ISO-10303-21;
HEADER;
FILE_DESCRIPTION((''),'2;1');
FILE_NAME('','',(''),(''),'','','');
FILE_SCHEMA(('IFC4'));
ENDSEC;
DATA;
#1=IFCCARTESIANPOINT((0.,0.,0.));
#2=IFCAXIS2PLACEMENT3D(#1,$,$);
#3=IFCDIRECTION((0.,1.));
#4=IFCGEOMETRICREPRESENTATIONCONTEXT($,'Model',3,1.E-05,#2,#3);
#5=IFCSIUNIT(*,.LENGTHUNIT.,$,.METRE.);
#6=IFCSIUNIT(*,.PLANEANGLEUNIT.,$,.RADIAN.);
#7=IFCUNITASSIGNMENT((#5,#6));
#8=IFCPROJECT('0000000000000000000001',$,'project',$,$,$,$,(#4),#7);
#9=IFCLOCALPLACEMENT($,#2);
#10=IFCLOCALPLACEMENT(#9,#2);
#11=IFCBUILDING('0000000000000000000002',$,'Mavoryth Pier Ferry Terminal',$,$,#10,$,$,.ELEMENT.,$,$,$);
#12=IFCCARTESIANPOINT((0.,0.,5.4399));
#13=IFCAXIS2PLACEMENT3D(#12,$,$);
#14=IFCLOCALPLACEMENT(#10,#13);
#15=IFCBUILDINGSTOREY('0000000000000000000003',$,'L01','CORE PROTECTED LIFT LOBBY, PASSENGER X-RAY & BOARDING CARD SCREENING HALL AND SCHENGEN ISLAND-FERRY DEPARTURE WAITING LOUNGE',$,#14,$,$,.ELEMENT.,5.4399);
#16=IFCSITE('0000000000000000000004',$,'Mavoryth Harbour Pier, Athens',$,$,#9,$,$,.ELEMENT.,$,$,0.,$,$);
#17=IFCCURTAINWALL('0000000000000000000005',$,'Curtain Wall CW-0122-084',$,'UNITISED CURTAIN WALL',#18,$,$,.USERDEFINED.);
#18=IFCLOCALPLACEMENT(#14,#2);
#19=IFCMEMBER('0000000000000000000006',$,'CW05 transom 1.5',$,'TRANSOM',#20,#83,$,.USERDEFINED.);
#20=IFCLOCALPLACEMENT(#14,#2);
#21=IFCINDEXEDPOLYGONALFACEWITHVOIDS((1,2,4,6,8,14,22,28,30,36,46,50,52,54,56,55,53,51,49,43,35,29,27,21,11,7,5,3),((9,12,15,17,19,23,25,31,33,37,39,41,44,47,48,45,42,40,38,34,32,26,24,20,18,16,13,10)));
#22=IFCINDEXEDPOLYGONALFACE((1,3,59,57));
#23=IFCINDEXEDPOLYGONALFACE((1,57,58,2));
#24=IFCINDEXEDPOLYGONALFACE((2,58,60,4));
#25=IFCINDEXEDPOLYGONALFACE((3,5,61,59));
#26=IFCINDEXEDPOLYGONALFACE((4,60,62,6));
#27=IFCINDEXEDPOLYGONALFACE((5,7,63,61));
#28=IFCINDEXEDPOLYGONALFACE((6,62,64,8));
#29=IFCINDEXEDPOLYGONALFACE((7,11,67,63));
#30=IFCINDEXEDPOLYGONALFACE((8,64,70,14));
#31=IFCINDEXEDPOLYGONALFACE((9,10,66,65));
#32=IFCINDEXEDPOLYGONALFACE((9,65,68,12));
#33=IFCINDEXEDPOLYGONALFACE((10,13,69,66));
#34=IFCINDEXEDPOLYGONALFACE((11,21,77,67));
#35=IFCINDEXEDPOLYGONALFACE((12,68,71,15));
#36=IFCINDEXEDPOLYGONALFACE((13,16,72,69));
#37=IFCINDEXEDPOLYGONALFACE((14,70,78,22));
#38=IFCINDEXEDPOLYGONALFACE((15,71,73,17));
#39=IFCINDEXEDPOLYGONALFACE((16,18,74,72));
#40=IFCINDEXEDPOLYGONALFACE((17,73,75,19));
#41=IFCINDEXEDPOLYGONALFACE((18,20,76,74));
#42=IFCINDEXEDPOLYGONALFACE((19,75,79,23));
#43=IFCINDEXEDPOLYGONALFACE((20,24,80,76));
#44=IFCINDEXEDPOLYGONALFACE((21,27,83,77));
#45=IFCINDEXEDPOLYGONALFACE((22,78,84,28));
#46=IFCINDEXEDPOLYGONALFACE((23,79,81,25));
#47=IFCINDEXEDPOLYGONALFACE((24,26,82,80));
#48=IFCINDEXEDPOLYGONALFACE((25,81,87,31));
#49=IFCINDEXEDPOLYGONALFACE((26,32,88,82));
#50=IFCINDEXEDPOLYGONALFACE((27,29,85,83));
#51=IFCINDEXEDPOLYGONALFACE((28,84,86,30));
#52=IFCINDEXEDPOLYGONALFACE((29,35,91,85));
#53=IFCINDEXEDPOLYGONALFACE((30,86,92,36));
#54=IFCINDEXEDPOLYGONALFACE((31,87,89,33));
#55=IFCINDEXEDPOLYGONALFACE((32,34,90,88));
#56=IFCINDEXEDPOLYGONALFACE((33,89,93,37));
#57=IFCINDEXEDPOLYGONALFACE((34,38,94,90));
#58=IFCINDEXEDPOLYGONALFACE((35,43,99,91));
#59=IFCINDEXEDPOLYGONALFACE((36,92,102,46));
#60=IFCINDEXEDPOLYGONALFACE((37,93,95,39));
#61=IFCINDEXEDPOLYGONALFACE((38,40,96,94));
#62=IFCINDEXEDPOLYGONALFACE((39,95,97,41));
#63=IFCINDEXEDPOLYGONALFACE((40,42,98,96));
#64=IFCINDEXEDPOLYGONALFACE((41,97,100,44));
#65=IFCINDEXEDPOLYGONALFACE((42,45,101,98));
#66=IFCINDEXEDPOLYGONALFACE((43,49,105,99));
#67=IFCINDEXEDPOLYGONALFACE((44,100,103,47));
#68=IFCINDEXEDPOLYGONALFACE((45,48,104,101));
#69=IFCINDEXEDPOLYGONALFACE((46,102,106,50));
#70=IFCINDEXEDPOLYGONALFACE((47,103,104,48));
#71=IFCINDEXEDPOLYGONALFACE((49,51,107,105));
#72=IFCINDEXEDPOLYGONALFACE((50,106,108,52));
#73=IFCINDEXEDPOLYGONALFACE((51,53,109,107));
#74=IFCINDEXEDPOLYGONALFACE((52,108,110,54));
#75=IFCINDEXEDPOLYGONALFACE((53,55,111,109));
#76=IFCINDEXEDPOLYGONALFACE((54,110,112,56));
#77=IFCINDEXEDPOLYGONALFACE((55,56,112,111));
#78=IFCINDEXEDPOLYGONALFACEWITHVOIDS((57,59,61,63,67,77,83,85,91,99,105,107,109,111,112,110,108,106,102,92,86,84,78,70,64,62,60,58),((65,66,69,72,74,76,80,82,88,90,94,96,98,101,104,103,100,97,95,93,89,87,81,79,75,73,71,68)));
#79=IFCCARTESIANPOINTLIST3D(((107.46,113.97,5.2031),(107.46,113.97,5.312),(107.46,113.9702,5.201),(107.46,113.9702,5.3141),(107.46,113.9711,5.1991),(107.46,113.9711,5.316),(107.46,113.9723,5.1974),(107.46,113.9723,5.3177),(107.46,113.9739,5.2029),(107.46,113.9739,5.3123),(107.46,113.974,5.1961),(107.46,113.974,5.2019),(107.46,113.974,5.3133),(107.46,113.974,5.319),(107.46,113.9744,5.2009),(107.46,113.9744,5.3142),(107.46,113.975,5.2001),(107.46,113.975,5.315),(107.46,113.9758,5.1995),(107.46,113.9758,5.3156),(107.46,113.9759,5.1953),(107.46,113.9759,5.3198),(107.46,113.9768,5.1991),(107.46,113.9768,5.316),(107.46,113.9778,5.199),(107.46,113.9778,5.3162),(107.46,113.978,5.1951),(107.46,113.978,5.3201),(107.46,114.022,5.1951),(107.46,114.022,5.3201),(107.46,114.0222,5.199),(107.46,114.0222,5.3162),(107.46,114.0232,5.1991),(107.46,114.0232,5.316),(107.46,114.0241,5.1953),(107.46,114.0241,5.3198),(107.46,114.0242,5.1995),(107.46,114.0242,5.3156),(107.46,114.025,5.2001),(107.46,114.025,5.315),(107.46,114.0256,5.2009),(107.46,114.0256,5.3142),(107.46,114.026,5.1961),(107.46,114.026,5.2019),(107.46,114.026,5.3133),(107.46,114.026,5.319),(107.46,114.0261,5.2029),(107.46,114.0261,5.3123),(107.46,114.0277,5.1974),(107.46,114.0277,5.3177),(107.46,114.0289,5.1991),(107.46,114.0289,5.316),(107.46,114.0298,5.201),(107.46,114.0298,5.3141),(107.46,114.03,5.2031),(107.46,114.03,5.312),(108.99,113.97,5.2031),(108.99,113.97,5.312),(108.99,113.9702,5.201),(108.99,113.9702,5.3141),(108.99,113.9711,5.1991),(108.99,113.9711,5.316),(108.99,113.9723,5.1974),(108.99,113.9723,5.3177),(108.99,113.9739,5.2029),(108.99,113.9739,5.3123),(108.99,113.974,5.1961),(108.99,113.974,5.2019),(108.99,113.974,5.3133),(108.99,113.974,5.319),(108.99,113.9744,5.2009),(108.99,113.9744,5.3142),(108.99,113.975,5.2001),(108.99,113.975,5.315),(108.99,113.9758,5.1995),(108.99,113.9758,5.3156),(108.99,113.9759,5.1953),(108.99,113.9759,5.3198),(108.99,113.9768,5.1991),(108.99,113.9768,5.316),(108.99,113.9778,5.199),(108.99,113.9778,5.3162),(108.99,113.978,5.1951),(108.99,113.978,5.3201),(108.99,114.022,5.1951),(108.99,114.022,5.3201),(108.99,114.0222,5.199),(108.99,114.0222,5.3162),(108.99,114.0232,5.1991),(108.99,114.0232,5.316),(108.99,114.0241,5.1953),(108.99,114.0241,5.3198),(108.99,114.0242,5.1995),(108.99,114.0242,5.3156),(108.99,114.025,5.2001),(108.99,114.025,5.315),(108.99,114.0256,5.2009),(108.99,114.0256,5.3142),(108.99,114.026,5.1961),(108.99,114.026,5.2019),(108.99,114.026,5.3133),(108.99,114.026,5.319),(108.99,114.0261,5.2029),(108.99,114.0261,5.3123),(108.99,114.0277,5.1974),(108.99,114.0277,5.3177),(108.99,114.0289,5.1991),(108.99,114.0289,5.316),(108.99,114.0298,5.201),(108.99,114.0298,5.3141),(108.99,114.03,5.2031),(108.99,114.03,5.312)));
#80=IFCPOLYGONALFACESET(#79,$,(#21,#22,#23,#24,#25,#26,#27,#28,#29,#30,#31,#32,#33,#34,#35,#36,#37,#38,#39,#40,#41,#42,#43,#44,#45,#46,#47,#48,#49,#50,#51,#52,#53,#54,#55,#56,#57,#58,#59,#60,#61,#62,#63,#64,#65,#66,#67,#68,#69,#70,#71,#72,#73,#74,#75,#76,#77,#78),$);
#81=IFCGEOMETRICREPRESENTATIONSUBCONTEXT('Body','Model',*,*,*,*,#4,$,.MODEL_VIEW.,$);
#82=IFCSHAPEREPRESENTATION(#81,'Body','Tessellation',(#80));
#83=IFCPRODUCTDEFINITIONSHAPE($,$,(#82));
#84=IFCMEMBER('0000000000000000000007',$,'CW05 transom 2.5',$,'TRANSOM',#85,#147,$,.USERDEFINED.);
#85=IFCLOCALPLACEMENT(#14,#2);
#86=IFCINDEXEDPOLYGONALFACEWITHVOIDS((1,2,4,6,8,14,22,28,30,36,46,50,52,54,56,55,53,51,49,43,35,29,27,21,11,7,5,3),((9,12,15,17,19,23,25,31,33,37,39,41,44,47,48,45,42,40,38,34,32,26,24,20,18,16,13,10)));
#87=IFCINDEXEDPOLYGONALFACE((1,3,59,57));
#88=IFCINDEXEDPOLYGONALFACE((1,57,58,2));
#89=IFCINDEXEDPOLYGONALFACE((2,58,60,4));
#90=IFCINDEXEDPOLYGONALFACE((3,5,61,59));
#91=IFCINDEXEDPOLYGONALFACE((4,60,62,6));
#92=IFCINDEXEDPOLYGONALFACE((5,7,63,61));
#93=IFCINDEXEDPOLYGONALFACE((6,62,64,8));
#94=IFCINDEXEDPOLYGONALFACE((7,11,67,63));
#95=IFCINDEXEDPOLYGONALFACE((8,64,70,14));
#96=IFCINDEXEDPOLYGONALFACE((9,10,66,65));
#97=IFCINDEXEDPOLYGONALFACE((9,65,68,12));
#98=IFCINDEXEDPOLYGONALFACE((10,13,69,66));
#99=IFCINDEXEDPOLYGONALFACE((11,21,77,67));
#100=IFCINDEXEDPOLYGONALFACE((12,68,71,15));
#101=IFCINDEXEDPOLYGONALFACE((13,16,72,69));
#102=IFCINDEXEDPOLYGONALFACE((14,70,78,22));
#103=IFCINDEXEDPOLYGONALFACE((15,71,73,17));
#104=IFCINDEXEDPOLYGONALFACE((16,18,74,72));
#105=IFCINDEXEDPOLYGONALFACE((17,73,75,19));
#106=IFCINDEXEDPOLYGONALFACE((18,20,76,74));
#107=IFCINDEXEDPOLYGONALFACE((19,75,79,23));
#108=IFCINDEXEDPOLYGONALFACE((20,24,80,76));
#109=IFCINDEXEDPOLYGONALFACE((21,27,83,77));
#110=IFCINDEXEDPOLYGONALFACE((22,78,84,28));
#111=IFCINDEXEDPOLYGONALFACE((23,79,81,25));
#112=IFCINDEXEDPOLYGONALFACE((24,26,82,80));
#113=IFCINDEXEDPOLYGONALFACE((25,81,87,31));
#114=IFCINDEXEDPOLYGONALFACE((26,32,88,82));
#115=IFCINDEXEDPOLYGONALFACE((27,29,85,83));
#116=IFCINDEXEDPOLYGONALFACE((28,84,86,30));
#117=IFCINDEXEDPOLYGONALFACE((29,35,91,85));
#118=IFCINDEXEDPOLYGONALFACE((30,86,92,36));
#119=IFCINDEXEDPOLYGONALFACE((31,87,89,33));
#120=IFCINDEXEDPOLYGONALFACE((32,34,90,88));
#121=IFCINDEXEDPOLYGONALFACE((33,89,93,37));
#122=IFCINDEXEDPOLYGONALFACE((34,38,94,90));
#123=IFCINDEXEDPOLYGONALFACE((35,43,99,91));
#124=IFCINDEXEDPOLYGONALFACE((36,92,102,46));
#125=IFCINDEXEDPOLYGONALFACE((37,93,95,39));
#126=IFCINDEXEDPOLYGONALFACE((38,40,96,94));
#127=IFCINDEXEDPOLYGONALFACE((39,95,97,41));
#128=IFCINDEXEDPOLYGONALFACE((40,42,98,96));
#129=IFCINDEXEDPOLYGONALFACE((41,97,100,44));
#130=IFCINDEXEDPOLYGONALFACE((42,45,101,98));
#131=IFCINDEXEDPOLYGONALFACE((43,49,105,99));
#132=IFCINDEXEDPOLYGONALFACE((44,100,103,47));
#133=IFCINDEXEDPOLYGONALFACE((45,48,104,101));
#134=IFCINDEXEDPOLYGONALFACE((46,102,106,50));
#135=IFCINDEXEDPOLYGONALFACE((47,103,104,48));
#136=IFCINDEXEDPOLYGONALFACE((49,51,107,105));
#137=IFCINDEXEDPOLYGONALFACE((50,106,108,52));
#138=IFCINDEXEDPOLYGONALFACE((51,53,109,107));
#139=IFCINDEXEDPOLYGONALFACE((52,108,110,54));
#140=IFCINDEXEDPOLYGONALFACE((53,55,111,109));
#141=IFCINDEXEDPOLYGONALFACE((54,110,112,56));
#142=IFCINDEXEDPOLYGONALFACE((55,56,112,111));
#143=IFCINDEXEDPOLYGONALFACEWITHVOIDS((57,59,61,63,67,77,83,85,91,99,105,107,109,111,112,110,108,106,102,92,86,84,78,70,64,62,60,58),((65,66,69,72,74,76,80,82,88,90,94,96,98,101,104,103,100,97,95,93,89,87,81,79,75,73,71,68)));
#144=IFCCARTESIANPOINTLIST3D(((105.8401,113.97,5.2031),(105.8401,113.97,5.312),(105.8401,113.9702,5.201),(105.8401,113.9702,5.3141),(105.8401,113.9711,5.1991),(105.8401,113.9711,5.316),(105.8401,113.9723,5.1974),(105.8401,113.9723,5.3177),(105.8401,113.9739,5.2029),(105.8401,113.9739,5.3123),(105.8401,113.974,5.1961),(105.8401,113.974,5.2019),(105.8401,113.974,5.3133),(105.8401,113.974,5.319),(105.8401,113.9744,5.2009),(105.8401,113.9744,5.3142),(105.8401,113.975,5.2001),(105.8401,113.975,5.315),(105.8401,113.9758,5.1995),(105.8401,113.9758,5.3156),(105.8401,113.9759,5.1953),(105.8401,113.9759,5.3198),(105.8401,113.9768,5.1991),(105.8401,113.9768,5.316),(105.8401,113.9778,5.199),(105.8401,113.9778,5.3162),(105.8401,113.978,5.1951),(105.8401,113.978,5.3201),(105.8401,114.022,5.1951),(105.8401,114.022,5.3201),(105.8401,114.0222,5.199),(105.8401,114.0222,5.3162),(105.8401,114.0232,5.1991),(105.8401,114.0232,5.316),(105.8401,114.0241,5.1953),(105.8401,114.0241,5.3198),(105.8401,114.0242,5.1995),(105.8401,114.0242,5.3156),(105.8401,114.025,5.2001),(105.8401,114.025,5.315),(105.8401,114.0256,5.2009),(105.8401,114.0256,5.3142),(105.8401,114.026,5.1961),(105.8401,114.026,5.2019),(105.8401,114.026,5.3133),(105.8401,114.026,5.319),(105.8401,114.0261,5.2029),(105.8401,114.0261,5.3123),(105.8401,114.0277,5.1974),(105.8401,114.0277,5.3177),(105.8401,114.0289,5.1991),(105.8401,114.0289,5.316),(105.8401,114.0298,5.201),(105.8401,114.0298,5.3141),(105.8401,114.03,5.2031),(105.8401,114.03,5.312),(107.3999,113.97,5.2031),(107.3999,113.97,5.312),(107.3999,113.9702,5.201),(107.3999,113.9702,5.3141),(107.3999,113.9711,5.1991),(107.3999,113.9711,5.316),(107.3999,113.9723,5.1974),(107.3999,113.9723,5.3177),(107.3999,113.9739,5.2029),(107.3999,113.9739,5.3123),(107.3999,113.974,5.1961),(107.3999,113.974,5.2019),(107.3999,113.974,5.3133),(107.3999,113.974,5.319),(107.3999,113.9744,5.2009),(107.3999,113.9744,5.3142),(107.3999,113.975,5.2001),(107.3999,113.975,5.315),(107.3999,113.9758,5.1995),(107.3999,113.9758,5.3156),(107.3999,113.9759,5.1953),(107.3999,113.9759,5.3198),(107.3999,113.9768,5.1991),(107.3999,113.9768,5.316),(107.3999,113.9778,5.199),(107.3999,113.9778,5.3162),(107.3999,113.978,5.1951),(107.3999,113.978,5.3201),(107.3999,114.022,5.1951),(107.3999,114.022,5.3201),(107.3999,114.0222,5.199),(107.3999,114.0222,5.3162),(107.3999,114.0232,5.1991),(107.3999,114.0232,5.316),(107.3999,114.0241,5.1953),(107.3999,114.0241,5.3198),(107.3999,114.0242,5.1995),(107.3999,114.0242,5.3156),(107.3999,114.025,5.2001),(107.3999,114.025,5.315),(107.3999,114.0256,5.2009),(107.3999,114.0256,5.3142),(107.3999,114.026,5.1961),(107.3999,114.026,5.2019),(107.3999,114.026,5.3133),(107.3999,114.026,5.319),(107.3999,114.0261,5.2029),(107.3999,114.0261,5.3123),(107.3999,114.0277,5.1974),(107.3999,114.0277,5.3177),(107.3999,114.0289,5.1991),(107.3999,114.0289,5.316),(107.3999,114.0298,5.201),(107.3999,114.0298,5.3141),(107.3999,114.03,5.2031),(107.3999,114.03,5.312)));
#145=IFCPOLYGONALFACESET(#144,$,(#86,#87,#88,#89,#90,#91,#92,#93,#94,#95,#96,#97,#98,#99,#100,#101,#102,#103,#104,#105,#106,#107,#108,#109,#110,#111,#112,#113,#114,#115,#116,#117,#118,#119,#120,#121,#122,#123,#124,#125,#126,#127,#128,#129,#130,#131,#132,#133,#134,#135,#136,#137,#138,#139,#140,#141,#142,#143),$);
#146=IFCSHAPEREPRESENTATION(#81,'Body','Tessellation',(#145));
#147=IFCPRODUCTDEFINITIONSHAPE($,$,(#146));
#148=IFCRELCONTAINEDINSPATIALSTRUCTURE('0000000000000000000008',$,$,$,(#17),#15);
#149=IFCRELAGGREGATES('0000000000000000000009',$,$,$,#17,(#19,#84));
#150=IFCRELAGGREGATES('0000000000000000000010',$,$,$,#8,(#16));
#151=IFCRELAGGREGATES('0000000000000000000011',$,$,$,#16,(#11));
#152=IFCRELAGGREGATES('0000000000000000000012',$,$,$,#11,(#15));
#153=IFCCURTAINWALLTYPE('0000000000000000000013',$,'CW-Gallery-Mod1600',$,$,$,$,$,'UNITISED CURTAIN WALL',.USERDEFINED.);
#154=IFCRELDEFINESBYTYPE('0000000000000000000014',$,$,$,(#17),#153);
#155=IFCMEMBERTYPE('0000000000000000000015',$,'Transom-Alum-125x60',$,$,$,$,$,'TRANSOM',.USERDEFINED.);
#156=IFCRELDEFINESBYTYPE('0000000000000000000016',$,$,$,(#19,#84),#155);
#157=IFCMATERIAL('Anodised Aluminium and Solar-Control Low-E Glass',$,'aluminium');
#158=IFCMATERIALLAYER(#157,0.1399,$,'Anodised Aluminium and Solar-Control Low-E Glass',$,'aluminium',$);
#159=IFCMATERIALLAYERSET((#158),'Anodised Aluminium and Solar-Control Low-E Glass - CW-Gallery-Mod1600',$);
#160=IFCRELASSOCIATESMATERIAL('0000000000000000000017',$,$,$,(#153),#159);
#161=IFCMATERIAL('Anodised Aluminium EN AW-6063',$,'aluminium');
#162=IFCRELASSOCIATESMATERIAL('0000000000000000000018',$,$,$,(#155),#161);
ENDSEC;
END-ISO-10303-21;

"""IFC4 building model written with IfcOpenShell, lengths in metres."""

from ifc_helpers import new_model, si_unit, direction, frame, origin, origin_2d, place, context, subcontext, project, spatial, hollow_rectangle, extrude, material, layer, layer_set, material_profile, profile_set, type_object, element, aggregate, save


model = new_model("IFC4")

# Units and contexts
model_context = context("Model", 3, precision=1e-05, world=origin(), true_north=direction((0.0, 1.0)))
body_context = subcontext(model_context, "Body", "Model", "MODEL_VIEW")
ifc_project = project(units=[si_unit("LENGTHUNIT", "METRE"), si_unit("PLANEANGLEUNIT", "RADIAN")], contexts=[model_context])

# Site, building, storey
site_placement = place(None, origin())
site = spatial("IfcSite", under=ifc_project, at=site_placement, Name="Mavoryth Harbour Pier, Athens", CompositionType="ELEMENT", RefElevation=0.0)
building_placement = place(site_placement, origin())
building = spatial("IfcBuilding", under=site, at=building_placement, Name="Mavoryth Pier Ferry Terminal", CompositionType="ELEMENT")
storey_placement = place(building_placement, frame((0.0, 0.0, 5.4399)))
storey = spatial("IfcBuildingStorey", under=building, at=storey_placement, Name="L01", Description="CORE PROTECTED LIFT LOBBY, PASSENGER X-RAY & BOARDING CARD SCREENING HALL AND SCHENGEN ISLAND-FERRY DEPARTURE WAITING LOUNGE", CompositionType="ELEMENT", Elevation=5.4399)

# Curtain wall
ifc_material_1 = material(Name="Anodised Aluminium and Solar-Control Low-E Glass", Category="aluminium")
ifc_layer_1 = layer(ifc_material_1, 0.1399, Name="Anodised Aluminium and Solar-Control Low-E Glass", Category="aluminium")
ifc_layer_set_1 = layer_set([ifc_layer_1], Name="Anodised Aluminium and Solar-Control Low-E Glass - CW-Gallery-Mod1600")
curtain_wall_type = type_object("IfcCurtainWallType", Name="CW-Gallery-Mod1600", ElementType="UNITISED CURTAIN WALL", PredefinedType="USERDEFINED", material=ifc_layer_set_1)
curtain_wall_1_placement = place(storey_placement, origin())
curtain_wall_1 = element("IfcCurtainWall", 1, at=curtain_wall_1_placement, inside=storey, type_object=curtain_wall_type, Name="Curtain Wall CW-0122-084", ObjectType="UNITISED CURTAIN WALL", PredefinedType="USERDEFINED")
ifc_material_2 = material(Name="Anodised Aluminium EN AW-6063", Category="aluminium")

# Members
ifc_material_profile_1 = material_profile(ifc_material_2, hollow_rectangle(XDim=0.0601, YDim=0.125, WallThickness=0.0039, InnerFilletRadius=0.0039, OuterFilletRadius=0.0081, at=origin_2d()), Name="AL-TRAN 125x60x4", Category="aluminium")
ifc_profile_set_1 = profile_set([ifc_material_profile_1], Name="Anodised Aluminium EN AW-6063 - AL-TRAN 125x60x4")
member_type_1 = type_object("IfcMemberType", Name="Transom-Alum-125x60", ElementType="TRANSOM", PredefinedType="USERDEFINED", material=ifc_profile_set_1)
member_1_placement = place(storey_placement, frame((108.99, 114.0, 5.2576), z_axis=(-1.0, 0.0, 0.0), x_axis=(0.0, -1.0, 0.0)))
member_1 = element("IfcMember", 2, at=member_1_placement, type_object=member_type_1, Name="CW05 transom 1.5", ObjectType="TRANSOM", PredefinedType="USERDEFINED", context=body_context, shape_type="SweptSolid", body=[
    extrude(hollow_rectangle(XDim=0.0601, YDim=0.125, WallThickness=0.0039, InnerFilletRadius=0.0039, OuterFilletRadius=0.0081, at=origin_2d()), origin(), (0.0, 0.0, 1.0), 1.53),
])
member_2_placement = place(storey_placement, frame((107.3999, 114.0, 5.2576), z_axis=(-1.0, 0.0, 0.0), x_axis=(0.0, -1.0, 0.0)))
member_2 = element("IfcMember", 3, at=member_2_placement, type_object=member_type_1, Name="CW05 transom 2.5", ObjectType="TRANSOM", PredefinedType="USERDEFINED", context=body_context, shape_type="SweptSolid", body=[
    extrude(hollow_rectangle(XDim=0.0601, YDim=0.125, WallThickness=0.0039, InnerFilletRadius=0.0039, OuterFilletRadius=0.0081, at=origin_2d()), origin(), (0.0, 0.0, 1.0), 1.5598),
])

aggregate(curtain_wall_1, [member_1, member_2])

save(model, "model.ifc")
